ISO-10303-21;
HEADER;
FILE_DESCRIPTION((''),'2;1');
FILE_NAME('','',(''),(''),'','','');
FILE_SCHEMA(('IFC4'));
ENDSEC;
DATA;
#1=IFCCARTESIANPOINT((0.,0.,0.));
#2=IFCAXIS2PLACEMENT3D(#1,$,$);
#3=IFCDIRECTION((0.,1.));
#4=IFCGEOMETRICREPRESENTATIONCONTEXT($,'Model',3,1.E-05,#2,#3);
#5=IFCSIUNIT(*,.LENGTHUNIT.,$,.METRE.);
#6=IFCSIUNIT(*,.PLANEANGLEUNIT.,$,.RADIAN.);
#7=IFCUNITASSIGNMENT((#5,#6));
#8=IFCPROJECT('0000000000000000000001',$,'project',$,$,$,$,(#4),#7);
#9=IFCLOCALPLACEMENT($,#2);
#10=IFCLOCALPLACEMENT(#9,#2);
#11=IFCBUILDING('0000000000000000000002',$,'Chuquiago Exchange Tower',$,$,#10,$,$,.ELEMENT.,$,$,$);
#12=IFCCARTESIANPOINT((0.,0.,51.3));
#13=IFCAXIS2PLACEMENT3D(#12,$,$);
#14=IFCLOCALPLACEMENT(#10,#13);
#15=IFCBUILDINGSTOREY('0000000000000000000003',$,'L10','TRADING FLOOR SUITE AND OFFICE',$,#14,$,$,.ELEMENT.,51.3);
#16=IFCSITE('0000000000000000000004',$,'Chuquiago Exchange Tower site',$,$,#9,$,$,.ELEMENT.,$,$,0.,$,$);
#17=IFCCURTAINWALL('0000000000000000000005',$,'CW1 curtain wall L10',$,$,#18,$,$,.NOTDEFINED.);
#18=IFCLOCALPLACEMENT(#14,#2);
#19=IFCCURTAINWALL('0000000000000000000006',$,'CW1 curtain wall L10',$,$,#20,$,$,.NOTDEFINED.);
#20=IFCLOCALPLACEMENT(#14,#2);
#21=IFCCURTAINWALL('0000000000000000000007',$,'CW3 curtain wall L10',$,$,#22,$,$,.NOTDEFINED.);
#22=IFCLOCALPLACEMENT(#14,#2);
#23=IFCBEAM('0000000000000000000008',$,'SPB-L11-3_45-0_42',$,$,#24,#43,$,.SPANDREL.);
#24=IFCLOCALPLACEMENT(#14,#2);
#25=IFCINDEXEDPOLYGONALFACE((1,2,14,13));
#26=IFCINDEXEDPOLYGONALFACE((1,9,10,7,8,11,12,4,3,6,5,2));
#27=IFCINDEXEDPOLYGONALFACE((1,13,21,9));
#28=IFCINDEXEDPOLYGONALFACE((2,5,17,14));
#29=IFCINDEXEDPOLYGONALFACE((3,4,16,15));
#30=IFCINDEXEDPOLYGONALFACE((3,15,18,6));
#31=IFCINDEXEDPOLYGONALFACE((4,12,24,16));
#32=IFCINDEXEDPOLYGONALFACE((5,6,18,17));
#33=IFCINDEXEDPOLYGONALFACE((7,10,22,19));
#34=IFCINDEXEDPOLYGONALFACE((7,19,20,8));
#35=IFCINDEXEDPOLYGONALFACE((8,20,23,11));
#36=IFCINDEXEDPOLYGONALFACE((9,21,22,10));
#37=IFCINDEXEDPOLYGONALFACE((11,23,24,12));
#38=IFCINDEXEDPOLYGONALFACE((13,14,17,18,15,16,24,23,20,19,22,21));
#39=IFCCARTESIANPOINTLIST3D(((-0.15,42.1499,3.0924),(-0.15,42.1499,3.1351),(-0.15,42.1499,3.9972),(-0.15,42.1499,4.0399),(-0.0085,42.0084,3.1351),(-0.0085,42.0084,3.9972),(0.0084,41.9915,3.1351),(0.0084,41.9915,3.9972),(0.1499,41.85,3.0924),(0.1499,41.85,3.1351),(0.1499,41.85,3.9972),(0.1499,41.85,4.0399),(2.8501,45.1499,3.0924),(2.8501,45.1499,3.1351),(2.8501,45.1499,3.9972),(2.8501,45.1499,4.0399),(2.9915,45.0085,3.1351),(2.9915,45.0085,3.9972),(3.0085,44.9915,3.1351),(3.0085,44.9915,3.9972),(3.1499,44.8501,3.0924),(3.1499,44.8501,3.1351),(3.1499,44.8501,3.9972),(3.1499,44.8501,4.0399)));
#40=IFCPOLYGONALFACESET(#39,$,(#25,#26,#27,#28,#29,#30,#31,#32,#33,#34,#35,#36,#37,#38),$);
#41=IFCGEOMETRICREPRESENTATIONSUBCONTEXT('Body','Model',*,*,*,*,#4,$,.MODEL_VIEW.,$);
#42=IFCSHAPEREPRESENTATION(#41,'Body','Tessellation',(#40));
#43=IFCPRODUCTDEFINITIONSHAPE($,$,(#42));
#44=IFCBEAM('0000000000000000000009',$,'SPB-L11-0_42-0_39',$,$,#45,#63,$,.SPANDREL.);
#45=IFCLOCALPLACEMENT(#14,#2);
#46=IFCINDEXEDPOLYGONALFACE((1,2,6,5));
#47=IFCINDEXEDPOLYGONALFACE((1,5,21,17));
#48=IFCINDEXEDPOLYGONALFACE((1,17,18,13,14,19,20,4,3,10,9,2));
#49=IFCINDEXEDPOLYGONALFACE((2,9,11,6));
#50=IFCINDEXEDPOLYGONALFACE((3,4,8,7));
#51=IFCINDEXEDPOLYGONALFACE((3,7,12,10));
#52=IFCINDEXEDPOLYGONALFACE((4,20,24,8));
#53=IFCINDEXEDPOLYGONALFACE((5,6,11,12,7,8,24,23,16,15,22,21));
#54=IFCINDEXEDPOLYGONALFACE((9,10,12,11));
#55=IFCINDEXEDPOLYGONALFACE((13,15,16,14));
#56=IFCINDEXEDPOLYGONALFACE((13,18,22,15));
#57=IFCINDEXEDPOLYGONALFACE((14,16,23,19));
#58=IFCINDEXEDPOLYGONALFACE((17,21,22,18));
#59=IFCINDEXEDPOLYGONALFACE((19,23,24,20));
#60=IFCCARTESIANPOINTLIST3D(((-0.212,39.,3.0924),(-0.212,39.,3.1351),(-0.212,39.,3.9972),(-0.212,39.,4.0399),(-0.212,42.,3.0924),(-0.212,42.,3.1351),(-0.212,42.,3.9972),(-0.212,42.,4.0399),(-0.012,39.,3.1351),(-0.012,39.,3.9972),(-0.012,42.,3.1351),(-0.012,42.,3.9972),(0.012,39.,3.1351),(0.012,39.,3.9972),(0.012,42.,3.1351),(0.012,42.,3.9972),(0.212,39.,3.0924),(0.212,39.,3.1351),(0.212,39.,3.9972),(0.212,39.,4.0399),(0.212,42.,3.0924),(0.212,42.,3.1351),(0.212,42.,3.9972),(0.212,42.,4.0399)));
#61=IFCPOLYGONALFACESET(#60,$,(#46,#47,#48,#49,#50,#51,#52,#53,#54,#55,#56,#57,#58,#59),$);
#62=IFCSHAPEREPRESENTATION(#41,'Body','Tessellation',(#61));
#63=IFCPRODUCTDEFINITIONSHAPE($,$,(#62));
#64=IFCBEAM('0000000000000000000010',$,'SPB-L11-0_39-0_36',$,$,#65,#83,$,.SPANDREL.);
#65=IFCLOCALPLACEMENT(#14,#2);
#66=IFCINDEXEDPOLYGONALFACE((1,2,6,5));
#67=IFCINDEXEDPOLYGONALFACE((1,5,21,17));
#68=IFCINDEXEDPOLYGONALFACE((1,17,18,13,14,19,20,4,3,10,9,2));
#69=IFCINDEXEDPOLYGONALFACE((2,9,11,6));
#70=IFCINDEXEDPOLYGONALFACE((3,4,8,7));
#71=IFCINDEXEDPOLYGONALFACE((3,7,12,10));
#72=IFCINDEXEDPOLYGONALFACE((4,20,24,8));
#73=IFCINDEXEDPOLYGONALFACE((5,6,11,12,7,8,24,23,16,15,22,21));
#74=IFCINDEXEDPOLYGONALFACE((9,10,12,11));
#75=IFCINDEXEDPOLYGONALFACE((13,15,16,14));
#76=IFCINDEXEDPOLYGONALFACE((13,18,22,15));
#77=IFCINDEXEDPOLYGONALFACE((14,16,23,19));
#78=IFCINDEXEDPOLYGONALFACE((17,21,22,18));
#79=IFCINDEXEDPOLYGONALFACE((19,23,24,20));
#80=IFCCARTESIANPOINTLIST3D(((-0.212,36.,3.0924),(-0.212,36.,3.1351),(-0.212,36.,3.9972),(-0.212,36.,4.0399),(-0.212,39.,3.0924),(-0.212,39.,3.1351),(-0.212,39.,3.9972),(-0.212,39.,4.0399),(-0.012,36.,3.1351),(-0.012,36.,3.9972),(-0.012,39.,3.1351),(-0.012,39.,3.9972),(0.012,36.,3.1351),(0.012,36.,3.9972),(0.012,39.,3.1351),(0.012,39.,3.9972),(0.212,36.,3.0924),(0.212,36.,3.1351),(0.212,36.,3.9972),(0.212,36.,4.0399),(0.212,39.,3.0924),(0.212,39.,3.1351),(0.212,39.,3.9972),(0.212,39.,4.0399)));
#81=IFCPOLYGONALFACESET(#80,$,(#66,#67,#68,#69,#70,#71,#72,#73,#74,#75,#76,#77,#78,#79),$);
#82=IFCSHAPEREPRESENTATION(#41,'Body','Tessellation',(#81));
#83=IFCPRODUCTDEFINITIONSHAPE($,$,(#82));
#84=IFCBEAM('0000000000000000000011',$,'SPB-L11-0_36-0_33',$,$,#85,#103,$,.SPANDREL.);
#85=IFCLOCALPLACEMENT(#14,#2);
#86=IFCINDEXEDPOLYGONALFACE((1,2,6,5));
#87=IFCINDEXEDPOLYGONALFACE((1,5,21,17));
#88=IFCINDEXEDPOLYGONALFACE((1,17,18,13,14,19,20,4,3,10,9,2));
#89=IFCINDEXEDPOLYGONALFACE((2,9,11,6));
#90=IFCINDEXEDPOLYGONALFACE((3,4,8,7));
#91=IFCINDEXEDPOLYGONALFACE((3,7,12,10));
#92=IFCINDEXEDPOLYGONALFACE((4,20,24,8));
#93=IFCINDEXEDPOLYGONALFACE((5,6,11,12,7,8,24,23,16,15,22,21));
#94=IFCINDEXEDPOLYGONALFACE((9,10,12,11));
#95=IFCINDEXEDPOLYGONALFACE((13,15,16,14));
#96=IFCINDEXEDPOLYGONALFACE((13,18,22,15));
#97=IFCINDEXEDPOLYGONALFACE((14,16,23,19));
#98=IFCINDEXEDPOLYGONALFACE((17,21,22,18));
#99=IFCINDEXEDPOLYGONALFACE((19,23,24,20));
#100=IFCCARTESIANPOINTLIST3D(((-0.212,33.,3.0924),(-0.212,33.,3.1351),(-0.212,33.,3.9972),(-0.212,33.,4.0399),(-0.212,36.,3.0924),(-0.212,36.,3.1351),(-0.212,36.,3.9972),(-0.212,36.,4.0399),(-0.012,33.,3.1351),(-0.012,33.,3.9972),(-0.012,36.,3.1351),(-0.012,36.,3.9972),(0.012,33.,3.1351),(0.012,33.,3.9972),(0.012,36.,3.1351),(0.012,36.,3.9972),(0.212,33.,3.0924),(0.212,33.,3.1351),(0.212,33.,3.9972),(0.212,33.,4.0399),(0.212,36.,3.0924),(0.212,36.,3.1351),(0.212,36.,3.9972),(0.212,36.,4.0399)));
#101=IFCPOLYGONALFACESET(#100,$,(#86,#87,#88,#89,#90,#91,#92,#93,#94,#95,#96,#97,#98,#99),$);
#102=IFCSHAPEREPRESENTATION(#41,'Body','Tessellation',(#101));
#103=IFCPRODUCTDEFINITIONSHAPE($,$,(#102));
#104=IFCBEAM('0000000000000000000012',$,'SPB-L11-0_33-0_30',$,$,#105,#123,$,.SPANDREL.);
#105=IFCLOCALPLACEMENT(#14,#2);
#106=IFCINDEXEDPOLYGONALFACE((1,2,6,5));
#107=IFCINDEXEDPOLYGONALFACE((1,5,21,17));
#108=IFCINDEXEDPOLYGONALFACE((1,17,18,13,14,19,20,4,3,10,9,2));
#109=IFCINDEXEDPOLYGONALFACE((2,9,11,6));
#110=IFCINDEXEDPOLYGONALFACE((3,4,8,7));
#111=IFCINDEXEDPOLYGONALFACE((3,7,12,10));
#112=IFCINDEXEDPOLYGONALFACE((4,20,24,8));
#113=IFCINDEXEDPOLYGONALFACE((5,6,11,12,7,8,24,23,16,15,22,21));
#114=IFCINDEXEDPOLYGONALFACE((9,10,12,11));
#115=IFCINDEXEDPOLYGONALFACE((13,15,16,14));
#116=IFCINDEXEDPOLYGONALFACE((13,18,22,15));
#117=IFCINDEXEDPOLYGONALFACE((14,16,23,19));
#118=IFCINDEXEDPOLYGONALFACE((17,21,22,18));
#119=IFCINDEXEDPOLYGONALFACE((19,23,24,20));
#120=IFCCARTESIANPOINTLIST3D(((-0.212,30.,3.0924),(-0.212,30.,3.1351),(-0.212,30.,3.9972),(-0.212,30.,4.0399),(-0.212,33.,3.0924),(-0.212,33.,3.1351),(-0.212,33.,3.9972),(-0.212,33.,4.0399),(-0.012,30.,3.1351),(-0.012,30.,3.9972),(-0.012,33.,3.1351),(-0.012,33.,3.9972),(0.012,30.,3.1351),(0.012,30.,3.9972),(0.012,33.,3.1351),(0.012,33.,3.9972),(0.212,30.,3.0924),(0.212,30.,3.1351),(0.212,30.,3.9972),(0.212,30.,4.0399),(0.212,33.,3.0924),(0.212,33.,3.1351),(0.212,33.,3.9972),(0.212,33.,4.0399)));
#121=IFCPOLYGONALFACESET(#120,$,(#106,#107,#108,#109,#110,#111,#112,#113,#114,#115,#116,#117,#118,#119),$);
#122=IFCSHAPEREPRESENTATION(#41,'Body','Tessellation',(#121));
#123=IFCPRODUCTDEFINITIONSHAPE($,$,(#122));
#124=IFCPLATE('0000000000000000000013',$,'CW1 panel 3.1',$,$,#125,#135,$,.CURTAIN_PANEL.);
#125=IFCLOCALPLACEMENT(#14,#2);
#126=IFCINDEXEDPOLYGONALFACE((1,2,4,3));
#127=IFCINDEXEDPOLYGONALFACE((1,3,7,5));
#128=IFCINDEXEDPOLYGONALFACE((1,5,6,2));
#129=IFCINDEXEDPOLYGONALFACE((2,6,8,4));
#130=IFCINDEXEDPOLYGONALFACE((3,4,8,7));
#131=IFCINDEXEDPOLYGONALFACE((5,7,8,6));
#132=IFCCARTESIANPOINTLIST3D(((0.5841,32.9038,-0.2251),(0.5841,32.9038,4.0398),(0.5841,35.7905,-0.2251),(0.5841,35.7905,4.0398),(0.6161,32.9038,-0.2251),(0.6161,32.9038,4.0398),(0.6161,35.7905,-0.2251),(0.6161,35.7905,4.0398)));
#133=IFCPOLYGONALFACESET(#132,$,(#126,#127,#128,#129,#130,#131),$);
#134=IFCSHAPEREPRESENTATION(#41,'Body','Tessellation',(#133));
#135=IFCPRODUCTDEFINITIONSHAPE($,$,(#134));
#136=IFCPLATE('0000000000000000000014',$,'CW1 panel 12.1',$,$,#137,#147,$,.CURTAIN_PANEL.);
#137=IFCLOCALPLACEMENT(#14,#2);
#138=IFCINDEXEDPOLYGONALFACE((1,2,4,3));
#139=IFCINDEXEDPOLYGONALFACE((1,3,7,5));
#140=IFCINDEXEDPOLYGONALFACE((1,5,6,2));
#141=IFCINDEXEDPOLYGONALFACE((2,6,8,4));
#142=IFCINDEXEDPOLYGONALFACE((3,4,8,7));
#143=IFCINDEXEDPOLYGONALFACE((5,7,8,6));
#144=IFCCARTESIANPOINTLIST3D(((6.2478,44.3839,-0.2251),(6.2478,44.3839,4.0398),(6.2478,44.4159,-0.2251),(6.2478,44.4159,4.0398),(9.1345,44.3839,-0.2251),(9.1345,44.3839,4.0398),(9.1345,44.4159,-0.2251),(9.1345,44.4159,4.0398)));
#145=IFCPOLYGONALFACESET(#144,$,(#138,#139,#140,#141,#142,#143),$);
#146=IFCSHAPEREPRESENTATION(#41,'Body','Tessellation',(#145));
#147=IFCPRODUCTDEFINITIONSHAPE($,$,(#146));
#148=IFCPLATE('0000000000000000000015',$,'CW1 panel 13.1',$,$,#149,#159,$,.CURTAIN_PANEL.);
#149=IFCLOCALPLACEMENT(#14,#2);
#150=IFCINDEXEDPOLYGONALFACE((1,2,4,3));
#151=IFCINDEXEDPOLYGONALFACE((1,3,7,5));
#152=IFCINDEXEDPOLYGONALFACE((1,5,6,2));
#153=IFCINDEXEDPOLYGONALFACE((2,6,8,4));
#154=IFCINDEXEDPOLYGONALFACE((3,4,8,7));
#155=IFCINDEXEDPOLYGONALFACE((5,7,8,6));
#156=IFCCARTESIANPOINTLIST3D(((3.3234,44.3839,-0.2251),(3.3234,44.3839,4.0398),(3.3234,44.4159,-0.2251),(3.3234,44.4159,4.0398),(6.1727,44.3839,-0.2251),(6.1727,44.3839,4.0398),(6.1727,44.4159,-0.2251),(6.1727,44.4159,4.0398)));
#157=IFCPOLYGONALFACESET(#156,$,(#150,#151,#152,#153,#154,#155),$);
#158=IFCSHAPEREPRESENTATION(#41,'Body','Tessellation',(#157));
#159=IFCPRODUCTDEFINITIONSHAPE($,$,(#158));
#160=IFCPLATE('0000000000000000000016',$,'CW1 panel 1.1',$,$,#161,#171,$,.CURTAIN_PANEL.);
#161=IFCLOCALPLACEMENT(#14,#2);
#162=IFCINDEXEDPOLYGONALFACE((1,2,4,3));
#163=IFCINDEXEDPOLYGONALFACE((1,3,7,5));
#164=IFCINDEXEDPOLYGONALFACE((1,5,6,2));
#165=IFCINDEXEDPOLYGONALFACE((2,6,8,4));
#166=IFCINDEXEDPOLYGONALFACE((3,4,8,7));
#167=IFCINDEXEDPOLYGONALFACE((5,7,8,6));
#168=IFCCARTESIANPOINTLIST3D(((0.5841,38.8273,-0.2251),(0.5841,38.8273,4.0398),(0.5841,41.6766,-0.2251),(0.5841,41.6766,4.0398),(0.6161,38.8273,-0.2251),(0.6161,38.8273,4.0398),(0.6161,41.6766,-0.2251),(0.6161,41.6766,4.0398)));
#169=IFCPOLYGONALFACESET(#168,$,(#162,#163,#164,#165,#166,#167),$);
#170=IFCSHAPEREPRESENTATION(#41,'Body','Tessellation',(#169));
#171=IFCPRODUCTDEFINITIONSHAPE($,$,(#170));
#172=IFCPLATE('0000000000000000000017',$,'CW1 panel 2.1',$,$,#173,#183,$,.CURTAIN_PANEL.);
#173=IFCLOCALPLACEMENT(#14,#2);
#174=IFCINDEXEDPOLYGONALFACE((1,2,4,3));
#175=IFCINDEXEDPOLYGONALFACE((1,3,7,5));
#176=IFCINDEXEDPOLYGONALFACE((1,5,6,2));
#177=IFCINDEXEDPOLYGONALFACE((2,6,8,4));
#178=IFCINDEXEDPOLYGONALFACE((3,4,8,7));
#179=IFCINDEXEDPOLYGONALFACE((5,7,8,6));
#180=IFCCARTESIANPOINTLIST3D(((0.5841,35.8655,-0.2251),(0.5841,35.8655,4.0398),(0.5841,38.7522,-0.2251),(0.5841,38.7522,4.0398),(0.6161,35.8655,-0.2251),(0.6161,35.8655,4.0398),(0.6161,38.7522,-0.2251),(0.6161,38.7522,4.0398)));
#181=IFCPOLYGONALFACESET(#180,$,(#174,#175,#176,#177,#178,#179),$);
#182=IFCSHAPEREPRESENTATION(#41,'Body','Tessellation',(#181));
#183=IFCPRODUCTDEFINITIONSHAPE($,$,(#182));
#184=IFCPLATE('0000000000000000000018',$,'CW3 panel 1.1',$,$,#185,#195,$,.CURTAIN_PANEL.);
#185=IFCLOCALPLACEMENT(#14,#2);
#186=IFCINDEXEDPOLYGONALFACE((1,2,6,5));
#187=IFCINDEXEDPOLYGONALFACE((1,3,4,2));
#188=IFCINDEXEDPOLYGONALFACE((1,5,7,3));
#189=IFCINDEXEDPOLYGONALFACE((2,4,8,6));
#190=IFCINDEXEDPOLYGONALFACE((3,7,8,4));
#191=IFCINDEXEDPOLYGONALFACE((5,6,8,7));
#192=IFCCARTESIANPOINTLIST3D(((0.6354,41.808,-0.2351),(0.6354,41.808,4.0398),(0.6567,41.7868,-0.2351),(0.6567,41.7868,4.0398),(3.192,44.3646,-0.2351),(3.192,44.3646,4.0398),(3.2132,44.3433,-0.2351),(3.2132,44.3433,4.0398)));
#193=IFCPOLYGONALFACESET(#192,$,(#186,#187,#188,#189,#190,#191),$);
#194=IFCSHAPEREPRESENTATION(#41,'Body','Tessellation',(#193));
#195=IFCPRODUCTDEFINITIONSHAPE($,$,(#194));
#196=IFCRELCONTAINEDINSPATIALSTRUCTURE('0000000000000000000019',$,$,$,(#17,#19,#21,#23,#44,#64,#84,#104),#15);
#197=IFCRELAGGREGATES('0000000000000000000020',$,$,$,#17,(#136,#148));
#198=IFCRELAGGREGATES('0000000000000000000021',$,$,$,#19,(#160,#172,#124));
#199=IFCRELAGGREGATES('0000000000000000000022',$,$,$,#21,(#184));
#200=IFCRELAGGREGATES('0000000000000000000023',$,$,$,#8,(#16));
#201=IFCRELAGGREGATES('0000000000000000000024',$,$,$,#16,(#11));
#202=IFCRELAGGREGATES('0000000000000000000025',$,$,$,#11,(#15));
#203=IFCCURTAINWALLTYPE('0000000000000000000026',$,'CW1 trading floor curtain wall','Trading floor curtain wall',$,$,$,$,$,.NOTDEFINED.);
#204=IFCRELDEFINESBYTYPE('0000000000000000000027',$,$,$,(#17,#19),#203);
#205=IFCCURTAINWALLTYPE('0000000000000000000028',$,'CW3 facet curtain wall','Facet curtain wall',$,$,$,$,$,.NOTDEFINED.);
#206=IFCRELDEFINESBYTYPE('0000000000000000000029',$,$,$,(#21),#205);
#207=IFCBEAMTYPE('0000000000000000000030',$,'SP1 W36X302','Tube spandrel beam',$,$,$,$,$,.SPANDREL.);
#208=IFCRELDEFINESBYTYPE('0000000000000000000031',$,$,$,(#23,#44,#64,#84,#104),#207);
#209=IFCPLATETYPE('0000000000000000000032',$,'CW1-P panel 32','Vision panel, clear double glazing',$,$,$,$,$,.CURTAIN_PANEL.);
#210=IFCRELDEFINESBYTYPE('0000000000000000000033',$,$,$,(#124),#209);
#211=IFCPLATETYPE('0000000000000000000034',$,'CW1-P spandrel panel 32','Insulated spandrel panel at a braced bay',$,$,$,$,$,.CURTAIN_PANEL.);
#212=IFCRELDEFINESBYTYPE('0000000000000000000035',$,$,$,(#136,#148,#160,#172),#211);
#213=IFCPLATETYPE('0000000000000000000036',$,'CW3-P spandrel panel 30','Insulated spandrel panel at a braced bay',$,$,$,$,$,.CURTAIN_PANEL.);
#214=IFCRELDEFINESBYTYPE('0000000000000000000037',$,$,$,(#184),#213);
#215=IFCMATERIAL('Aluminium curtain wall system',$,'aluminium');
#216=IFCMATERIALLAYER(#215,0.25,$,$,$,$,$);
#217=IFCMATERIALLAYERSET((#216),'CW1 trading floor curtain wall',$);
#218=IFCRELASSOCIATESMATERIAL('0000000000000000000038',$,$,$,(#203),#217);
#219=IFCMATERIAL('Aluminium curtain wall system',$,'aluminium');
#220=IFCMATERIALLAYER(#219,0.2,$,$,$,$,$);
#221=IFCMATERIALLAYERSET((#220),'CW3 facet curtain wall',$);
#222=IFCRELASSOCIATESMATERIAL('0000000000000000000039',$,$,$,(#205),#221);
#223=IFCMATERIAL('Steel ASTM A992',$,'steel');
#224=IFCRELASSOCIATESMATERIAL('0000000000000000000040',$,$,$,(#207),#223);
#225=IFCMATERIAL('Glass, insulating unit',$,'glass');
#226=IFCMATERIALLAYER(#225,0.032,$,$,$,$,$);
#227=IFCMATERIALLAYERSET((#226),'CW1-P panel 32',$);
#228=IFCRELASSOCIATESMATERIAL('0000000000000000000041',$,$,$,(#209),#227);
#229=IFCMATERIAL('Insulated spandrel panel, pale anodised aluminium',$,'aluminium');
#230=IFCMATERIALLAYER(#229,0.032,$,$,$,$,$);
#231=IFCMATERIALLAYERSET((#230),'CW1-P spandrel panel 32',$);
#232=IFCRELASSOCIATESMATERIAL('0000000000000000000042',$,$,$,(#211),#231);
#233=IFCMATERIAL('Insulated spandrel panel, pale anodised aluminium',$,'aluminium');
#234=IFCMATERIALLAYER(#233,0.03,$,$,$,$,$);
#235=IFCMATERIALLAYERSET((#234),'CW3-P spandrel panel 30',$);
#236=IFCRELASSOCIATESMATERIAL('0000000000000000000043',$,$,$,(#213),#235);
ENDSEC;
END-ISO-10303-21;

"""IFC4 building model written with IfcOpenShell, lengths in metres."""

from ifc_helpers import new_model, si_unit, direction, frame, origin, origin_2d, place, context, subcontext, project, spatial, rectangle, i_section, extrude, material, layer, layer_set, material_profile, profile_set, type_object, element, aggregate, save


model = new_model("IFC4")

# Units and contexts
model_context = context("Model", 3, precision=1e-05, world=origin(), true_north=direction((0.0, 1.0)))
body_context = subcontext(model_context, "Body", "Model", "MODEL_VIEW")
ifc_project = project(units=[si_unit("LENGTHUNIT", "METRE"), si_unit("PLANEANGLEUNIT", "RADIAN")], contexts=[model_context])

# Site, building, storey
site_placement = place(None, origin())
site = spatial("IfcSite", under=ifc_project, at=site_placement, Name="Chuquiago Exchange Tower site", CompositionType="ELEMENT", RefElevation=0.0)
building_placement = place(site_placement, origin())
building = spatial("IfcBuilding", under=site, at=building_placement, Name="Chuquiago Exchange Tower", CompositionType="ELEMENT")
storey_placement = place(building_placement, frame((0.0, 0.0, 51.3)))
storey = spatial("IfcBuildingStorey", under=building, at=storey_placement, Name="L10", Description="TRADING FLOOR SUITE AND OFFICE", CompositionType="ELEMENT", Elevation=51.3)

# Curtain walls
ifc_material_1 = material(Name="Aluminium curtain wall system", Category="aluminium")
ifc_layer_1 = layer(ifc_material_1, 0.25)
ifc_layer_set_1 = layer_set([ifc_layer_1], Name="CW1 trading floor curtain wall")
curtain_wall_type_1 = type_object("IfcCurtainWallType", Name="CW1 trading floor curtain wall", Description="Trading floor curtain wall", PredefinedType="NOTDEFINED", material=ifc_layer_set_1)
curtain_wall_1_placement = place(storey_placement, origin())
curtain_wall_1 = element("IfcCurtainWall", 1, at=curtain_wall_1_placement, inside=storey, type_object=curtain_wall_type_1, Name="CW1 curtain wall L10", PredefinedType="NOTDEFINED")
curtain_wall_2_placement = place(storey_placement, origin())
curtain_wall_2 = element("IfcCurtainWall", 2, at=curtain_wall_2_placement, inside=storey, type_object=curtain_wall_type_1, Name="CW1 curtain wall L10", PredefinedType="NOTDEFINED")

# Curtain wall
ifc_material_2 = material(Name="Aluminium curtain wall system", Category="aluminium")
ifc_layer_2 = layer(ifc_material_2, 0.2)
ifc_layer_set_2 = layer_set([ifc_layer_2], Name="CW3 facet curtain wall")
curtain_wall_type_2 = type_object("IfcCurtainWallType", Name="CW3 facet curtain wall", Description="Facet curtain wall", PredefinedType="NOTDEFINED", material=ifc_layer_set_2)
curtain_wall_3_placement = place(storey_placement, origin())
curtain_wall_3 = element("IfcCurtainWall", 3, at=curtain_wall_3_placement, inside=storey, type_object=curtain_wall_type_2, Name="CW3 curtain wall L10", PredefinedType="NOTDEFINED")

# Beams
ifc_material_3 = material(Name="Steel ASTM A992", Category="steel")
ifc_material_profile_1 = material_profile(ifc_material_3, i_section(OverallWidth=0.4241, OverallDepth=0.9475, WebThickness=0.0239, FlangeThickness=0.0427, at=origin_2d()), Name="W36X302")
ifc_profile_set_1 = profile_set([ifc_material_profile_1], Name="Steel ASTM A992")
beam_type = type_object("IfcBeamType", Name="SP1 W36X302", Description="Tube spandrel beam", PredefinedType="SPANDREL", material=ifc_profile_set_1)
beam_1_placement = place(storey_placement, frame((3.0, 45.0, 3.5662), z_axis=(-0.707107, -0.707107, 0.0), x_axis=(0.707107, -0.707107, 0.0)))
element("IfcBeam", 4, at=beam_1_placement, inside=storey, type_object=beam_type, Name="SPB-L11-3_45-0_42", PredefinedType="SPANDREL", context=body_context, shape_type="SweptSolid", body=[
    extrude(i_section(OverallWidth=0.4241, OverallDepth=0.9475, WebThickness=0.0239, FlangeThickness=0.0427, at=origin_2d()), origin(), (0.0, 0.0, 1.0), 4.2427),
])
for number, where, z_axis, x_axis, name in (
    (5, (0.0, 42.0, 3.5662), (0.0, -1.0, 0.0), (1.0, 0.0, 0.0), "SPB-L11-0_42-0_39"),
    (6, (0.0, 39.0, 3.5662), (0.0, -1.0, 0.0), (1.0, 0.0, 0.0), "SPB-L11-0_39-0_36"),
    (7, (0.0, 36.0, 3.5662), (0.0, -1.0, 0.0), (1.0, 0.0, 0.0), "SPB-L11-0_36-0_33"),
    (8, (0.0, 33.0, 3.5662), (0.0, -1.0, 0.0), (1.0, 0.0, 0.0), "SPB-L11-0_33-0_30"),
):
    element("IfcBeam", number, at=place(storey_placement, frame(where, z_axis=z_axis, x_axis=x_axis)), inside=storey, type_object=beam_type, Name=name, PredefinedType="SPANDREL", context=body_context, shape_type="SweptSolid", body=[
        extrude(i_section(OverallWidth=0.4241, OverallDepth=0.9475, WebThickness=0.0239, FlangeThickness=0.0427, at=origin_2d()), origin(), (0.0, 0.0, 1.0), 3.0),
    ])

# Plates
ifc_material_4 = material(Name="Glass, insulating unit", Category="glass")
ifc_layer_3 = layer(ifc_material_4, 0.032)
ifc_layer_set_3 = layer_set([ifc_layer_3], Name="CW1-P panel 32")
plate_type_1 = type_object("IfcPlateType", Name="CW1-P panel 32", Description="Vision panel, clear double glazing", PredefinedType="CURTAIN_PANEL", material=ifc_layer_set_3)
plate_1_placement = place(storey_placement, frame((0.6001, 34.3472, -0.2251), z_axis=(0.0, 0.0, 1.0), x_axis=(0.0, -1.0, 0.0)))
plate_1 = element("IfcPlate", 9, at=plate_1_placement, type_object=plate_type_1, Name="CW1 panel 3.1", PredefinedType="CURTAIN_PANEL", context=body_context, shape_type="SweptSolid", body=[
    extrude(rectangle(XDim=2.8867, YDim=0.032, at=origin_2d()), origin(), (0.0, 0.0, 1.0), 4.2649),
])
ifc_material_5 = material(Name="Insulated spandrel panel, pale anodised aluminium", Category="aluminium")
ifc_layer_4 = layer(ifc_material_5, 0.032)
ifc_layer_set_4 = layer_set([ifc_layer_4], Name="CW1-P spandrel panel 32")
plate_type_2 = type_object("IfcPlateType", Name="CW1-P spandrel panel 32", Description="Insulated spandrel panel at a braced bay", PredefinedType="CURTAIN_PANEL", material=ifc_layer_set_4)
plate_2_placement = place(storey_placement, frame((7.6912, 44.3999, -0.2251), z_axis=(0.0, 0.0, 1.0), x_axis=(-1.0, 0.0, 0.0)))
plate_2 = element("IfcPlate", 10, at=plate_2_placement, type_object=plate_type_2, Name="CW1 panel 12.1", PredefinedType="CURTAIN_PANEL", context=body_context, shape_type="SweptSolid", body=[
    extrude(rectangle(XDim=2.8867, YDim=0.032, at=origin_2d()), origin(), (0.0, 0.0, 1.0), 4.2649),
])
plate_3_placement = place(storey_placement, frame((4.748, 44.3999, -0.2251), z_axis=(0.0, 0.0, 1.0), x_axis=(-1.0, 0.0, 0.0)))
plate_3 = element("IfcPlate", 11, at=plate_3_placement, type_object=plate_type_2, Name="CW1 panel 13.1", PredefinedType="CURTAIN_PANEL", context=body_context, shape_type="SweptSolid", body=[
    extrude(rectangle(XDim=2.8494, YDim=0.032, at=origin_2d()), origin(), (0.0, 0.0, 1.0), 4.2649),
])
aggregate(curtain_wall_1, [plate_2, plate_3])
plate_4_placement = place(storey_placement, frame((0.6001, 40.252, -0.2251), z_axis=(0.0, 0.0, 1.0), x_axis=(0.0, -1.0, 0.0)))
plate_4 = element("IfcPlate", 12, at=plate_4_placement, type_object=plate_type_2, Name="CW1 panel 1.1", PredefinedType="CURTAIN_PANEL", context=body_context, shape_type="SweptSolid", body=[
    extrude(rectangle(XDim=2.8494, YDim=0.032, at=origin_2d()), origin(), (0.0, 0.0, 1.0), 4.2649),
])
plate_5_placement = place(storey_placement, frame((0.6001, 37.3088, -0.2251), z_axis=(0.0, 0.0, 1.0), x_axis=(0.0, -1.0, 0.0)))
plate_5 = element("IfcPlate", 13, at=plate_5_placement, type_object=plate_type_2, Name="CW1 panel 2.1", PredefinedType="CURTAIN_PANEL", context=body_context, shape_type="SweptSolid", body=[
    extrude(rectangle(XDim=2.8867, YDim=0.032, at=origin_2d()), origin(), (0.0, 0.0, 1.0), 4.2649),
])
aggregate(curtain_wall_2, [plate_4, plate_5, plate_1])
ifc_material_6 = material(Name="Insulated spandrel panel, pale anodised aluminium", Category="aluminium")
ifc_layer_5 = layer(ifc_material_6, 0.03)
ifc_layer_set_5 = layer_set([ifc_layer_5], Name="CW3-P spandrel panel 30")
plate_type_3 = type_object("IfcPlateType", Name="CW3-P spandrel panel 30", Description="Insulated spandrel panel at a braced bay", PredefinedType="CURTAIN_PANEL", material=ifc_layer_set_5)
plate_6_placement = place(storey_placement, frame((1.9243, 43.0757, -0.2351), z_axis=(0.0, 0.0, 1.0), x_axis=(-0.707107, -0.707107, 0.0)))
plate_6 = element("IfcPlate", 14, at=plate_6_placement, type_object=plate_type_3, Name="CW3 panel 1.1", PredefinedType="CURTAIN_PANEL", context=body_context, shape_type="SweptSolid", body=[
    extrude(rectangle(XDim=3.6155, YDim=0.03, at=origin_2d()), origin(), (0.0, 0.0, 1.0), 4.2749),
])
aggregate(curtain_wall_3, [plate_6])

save(model, "model.ifc")
